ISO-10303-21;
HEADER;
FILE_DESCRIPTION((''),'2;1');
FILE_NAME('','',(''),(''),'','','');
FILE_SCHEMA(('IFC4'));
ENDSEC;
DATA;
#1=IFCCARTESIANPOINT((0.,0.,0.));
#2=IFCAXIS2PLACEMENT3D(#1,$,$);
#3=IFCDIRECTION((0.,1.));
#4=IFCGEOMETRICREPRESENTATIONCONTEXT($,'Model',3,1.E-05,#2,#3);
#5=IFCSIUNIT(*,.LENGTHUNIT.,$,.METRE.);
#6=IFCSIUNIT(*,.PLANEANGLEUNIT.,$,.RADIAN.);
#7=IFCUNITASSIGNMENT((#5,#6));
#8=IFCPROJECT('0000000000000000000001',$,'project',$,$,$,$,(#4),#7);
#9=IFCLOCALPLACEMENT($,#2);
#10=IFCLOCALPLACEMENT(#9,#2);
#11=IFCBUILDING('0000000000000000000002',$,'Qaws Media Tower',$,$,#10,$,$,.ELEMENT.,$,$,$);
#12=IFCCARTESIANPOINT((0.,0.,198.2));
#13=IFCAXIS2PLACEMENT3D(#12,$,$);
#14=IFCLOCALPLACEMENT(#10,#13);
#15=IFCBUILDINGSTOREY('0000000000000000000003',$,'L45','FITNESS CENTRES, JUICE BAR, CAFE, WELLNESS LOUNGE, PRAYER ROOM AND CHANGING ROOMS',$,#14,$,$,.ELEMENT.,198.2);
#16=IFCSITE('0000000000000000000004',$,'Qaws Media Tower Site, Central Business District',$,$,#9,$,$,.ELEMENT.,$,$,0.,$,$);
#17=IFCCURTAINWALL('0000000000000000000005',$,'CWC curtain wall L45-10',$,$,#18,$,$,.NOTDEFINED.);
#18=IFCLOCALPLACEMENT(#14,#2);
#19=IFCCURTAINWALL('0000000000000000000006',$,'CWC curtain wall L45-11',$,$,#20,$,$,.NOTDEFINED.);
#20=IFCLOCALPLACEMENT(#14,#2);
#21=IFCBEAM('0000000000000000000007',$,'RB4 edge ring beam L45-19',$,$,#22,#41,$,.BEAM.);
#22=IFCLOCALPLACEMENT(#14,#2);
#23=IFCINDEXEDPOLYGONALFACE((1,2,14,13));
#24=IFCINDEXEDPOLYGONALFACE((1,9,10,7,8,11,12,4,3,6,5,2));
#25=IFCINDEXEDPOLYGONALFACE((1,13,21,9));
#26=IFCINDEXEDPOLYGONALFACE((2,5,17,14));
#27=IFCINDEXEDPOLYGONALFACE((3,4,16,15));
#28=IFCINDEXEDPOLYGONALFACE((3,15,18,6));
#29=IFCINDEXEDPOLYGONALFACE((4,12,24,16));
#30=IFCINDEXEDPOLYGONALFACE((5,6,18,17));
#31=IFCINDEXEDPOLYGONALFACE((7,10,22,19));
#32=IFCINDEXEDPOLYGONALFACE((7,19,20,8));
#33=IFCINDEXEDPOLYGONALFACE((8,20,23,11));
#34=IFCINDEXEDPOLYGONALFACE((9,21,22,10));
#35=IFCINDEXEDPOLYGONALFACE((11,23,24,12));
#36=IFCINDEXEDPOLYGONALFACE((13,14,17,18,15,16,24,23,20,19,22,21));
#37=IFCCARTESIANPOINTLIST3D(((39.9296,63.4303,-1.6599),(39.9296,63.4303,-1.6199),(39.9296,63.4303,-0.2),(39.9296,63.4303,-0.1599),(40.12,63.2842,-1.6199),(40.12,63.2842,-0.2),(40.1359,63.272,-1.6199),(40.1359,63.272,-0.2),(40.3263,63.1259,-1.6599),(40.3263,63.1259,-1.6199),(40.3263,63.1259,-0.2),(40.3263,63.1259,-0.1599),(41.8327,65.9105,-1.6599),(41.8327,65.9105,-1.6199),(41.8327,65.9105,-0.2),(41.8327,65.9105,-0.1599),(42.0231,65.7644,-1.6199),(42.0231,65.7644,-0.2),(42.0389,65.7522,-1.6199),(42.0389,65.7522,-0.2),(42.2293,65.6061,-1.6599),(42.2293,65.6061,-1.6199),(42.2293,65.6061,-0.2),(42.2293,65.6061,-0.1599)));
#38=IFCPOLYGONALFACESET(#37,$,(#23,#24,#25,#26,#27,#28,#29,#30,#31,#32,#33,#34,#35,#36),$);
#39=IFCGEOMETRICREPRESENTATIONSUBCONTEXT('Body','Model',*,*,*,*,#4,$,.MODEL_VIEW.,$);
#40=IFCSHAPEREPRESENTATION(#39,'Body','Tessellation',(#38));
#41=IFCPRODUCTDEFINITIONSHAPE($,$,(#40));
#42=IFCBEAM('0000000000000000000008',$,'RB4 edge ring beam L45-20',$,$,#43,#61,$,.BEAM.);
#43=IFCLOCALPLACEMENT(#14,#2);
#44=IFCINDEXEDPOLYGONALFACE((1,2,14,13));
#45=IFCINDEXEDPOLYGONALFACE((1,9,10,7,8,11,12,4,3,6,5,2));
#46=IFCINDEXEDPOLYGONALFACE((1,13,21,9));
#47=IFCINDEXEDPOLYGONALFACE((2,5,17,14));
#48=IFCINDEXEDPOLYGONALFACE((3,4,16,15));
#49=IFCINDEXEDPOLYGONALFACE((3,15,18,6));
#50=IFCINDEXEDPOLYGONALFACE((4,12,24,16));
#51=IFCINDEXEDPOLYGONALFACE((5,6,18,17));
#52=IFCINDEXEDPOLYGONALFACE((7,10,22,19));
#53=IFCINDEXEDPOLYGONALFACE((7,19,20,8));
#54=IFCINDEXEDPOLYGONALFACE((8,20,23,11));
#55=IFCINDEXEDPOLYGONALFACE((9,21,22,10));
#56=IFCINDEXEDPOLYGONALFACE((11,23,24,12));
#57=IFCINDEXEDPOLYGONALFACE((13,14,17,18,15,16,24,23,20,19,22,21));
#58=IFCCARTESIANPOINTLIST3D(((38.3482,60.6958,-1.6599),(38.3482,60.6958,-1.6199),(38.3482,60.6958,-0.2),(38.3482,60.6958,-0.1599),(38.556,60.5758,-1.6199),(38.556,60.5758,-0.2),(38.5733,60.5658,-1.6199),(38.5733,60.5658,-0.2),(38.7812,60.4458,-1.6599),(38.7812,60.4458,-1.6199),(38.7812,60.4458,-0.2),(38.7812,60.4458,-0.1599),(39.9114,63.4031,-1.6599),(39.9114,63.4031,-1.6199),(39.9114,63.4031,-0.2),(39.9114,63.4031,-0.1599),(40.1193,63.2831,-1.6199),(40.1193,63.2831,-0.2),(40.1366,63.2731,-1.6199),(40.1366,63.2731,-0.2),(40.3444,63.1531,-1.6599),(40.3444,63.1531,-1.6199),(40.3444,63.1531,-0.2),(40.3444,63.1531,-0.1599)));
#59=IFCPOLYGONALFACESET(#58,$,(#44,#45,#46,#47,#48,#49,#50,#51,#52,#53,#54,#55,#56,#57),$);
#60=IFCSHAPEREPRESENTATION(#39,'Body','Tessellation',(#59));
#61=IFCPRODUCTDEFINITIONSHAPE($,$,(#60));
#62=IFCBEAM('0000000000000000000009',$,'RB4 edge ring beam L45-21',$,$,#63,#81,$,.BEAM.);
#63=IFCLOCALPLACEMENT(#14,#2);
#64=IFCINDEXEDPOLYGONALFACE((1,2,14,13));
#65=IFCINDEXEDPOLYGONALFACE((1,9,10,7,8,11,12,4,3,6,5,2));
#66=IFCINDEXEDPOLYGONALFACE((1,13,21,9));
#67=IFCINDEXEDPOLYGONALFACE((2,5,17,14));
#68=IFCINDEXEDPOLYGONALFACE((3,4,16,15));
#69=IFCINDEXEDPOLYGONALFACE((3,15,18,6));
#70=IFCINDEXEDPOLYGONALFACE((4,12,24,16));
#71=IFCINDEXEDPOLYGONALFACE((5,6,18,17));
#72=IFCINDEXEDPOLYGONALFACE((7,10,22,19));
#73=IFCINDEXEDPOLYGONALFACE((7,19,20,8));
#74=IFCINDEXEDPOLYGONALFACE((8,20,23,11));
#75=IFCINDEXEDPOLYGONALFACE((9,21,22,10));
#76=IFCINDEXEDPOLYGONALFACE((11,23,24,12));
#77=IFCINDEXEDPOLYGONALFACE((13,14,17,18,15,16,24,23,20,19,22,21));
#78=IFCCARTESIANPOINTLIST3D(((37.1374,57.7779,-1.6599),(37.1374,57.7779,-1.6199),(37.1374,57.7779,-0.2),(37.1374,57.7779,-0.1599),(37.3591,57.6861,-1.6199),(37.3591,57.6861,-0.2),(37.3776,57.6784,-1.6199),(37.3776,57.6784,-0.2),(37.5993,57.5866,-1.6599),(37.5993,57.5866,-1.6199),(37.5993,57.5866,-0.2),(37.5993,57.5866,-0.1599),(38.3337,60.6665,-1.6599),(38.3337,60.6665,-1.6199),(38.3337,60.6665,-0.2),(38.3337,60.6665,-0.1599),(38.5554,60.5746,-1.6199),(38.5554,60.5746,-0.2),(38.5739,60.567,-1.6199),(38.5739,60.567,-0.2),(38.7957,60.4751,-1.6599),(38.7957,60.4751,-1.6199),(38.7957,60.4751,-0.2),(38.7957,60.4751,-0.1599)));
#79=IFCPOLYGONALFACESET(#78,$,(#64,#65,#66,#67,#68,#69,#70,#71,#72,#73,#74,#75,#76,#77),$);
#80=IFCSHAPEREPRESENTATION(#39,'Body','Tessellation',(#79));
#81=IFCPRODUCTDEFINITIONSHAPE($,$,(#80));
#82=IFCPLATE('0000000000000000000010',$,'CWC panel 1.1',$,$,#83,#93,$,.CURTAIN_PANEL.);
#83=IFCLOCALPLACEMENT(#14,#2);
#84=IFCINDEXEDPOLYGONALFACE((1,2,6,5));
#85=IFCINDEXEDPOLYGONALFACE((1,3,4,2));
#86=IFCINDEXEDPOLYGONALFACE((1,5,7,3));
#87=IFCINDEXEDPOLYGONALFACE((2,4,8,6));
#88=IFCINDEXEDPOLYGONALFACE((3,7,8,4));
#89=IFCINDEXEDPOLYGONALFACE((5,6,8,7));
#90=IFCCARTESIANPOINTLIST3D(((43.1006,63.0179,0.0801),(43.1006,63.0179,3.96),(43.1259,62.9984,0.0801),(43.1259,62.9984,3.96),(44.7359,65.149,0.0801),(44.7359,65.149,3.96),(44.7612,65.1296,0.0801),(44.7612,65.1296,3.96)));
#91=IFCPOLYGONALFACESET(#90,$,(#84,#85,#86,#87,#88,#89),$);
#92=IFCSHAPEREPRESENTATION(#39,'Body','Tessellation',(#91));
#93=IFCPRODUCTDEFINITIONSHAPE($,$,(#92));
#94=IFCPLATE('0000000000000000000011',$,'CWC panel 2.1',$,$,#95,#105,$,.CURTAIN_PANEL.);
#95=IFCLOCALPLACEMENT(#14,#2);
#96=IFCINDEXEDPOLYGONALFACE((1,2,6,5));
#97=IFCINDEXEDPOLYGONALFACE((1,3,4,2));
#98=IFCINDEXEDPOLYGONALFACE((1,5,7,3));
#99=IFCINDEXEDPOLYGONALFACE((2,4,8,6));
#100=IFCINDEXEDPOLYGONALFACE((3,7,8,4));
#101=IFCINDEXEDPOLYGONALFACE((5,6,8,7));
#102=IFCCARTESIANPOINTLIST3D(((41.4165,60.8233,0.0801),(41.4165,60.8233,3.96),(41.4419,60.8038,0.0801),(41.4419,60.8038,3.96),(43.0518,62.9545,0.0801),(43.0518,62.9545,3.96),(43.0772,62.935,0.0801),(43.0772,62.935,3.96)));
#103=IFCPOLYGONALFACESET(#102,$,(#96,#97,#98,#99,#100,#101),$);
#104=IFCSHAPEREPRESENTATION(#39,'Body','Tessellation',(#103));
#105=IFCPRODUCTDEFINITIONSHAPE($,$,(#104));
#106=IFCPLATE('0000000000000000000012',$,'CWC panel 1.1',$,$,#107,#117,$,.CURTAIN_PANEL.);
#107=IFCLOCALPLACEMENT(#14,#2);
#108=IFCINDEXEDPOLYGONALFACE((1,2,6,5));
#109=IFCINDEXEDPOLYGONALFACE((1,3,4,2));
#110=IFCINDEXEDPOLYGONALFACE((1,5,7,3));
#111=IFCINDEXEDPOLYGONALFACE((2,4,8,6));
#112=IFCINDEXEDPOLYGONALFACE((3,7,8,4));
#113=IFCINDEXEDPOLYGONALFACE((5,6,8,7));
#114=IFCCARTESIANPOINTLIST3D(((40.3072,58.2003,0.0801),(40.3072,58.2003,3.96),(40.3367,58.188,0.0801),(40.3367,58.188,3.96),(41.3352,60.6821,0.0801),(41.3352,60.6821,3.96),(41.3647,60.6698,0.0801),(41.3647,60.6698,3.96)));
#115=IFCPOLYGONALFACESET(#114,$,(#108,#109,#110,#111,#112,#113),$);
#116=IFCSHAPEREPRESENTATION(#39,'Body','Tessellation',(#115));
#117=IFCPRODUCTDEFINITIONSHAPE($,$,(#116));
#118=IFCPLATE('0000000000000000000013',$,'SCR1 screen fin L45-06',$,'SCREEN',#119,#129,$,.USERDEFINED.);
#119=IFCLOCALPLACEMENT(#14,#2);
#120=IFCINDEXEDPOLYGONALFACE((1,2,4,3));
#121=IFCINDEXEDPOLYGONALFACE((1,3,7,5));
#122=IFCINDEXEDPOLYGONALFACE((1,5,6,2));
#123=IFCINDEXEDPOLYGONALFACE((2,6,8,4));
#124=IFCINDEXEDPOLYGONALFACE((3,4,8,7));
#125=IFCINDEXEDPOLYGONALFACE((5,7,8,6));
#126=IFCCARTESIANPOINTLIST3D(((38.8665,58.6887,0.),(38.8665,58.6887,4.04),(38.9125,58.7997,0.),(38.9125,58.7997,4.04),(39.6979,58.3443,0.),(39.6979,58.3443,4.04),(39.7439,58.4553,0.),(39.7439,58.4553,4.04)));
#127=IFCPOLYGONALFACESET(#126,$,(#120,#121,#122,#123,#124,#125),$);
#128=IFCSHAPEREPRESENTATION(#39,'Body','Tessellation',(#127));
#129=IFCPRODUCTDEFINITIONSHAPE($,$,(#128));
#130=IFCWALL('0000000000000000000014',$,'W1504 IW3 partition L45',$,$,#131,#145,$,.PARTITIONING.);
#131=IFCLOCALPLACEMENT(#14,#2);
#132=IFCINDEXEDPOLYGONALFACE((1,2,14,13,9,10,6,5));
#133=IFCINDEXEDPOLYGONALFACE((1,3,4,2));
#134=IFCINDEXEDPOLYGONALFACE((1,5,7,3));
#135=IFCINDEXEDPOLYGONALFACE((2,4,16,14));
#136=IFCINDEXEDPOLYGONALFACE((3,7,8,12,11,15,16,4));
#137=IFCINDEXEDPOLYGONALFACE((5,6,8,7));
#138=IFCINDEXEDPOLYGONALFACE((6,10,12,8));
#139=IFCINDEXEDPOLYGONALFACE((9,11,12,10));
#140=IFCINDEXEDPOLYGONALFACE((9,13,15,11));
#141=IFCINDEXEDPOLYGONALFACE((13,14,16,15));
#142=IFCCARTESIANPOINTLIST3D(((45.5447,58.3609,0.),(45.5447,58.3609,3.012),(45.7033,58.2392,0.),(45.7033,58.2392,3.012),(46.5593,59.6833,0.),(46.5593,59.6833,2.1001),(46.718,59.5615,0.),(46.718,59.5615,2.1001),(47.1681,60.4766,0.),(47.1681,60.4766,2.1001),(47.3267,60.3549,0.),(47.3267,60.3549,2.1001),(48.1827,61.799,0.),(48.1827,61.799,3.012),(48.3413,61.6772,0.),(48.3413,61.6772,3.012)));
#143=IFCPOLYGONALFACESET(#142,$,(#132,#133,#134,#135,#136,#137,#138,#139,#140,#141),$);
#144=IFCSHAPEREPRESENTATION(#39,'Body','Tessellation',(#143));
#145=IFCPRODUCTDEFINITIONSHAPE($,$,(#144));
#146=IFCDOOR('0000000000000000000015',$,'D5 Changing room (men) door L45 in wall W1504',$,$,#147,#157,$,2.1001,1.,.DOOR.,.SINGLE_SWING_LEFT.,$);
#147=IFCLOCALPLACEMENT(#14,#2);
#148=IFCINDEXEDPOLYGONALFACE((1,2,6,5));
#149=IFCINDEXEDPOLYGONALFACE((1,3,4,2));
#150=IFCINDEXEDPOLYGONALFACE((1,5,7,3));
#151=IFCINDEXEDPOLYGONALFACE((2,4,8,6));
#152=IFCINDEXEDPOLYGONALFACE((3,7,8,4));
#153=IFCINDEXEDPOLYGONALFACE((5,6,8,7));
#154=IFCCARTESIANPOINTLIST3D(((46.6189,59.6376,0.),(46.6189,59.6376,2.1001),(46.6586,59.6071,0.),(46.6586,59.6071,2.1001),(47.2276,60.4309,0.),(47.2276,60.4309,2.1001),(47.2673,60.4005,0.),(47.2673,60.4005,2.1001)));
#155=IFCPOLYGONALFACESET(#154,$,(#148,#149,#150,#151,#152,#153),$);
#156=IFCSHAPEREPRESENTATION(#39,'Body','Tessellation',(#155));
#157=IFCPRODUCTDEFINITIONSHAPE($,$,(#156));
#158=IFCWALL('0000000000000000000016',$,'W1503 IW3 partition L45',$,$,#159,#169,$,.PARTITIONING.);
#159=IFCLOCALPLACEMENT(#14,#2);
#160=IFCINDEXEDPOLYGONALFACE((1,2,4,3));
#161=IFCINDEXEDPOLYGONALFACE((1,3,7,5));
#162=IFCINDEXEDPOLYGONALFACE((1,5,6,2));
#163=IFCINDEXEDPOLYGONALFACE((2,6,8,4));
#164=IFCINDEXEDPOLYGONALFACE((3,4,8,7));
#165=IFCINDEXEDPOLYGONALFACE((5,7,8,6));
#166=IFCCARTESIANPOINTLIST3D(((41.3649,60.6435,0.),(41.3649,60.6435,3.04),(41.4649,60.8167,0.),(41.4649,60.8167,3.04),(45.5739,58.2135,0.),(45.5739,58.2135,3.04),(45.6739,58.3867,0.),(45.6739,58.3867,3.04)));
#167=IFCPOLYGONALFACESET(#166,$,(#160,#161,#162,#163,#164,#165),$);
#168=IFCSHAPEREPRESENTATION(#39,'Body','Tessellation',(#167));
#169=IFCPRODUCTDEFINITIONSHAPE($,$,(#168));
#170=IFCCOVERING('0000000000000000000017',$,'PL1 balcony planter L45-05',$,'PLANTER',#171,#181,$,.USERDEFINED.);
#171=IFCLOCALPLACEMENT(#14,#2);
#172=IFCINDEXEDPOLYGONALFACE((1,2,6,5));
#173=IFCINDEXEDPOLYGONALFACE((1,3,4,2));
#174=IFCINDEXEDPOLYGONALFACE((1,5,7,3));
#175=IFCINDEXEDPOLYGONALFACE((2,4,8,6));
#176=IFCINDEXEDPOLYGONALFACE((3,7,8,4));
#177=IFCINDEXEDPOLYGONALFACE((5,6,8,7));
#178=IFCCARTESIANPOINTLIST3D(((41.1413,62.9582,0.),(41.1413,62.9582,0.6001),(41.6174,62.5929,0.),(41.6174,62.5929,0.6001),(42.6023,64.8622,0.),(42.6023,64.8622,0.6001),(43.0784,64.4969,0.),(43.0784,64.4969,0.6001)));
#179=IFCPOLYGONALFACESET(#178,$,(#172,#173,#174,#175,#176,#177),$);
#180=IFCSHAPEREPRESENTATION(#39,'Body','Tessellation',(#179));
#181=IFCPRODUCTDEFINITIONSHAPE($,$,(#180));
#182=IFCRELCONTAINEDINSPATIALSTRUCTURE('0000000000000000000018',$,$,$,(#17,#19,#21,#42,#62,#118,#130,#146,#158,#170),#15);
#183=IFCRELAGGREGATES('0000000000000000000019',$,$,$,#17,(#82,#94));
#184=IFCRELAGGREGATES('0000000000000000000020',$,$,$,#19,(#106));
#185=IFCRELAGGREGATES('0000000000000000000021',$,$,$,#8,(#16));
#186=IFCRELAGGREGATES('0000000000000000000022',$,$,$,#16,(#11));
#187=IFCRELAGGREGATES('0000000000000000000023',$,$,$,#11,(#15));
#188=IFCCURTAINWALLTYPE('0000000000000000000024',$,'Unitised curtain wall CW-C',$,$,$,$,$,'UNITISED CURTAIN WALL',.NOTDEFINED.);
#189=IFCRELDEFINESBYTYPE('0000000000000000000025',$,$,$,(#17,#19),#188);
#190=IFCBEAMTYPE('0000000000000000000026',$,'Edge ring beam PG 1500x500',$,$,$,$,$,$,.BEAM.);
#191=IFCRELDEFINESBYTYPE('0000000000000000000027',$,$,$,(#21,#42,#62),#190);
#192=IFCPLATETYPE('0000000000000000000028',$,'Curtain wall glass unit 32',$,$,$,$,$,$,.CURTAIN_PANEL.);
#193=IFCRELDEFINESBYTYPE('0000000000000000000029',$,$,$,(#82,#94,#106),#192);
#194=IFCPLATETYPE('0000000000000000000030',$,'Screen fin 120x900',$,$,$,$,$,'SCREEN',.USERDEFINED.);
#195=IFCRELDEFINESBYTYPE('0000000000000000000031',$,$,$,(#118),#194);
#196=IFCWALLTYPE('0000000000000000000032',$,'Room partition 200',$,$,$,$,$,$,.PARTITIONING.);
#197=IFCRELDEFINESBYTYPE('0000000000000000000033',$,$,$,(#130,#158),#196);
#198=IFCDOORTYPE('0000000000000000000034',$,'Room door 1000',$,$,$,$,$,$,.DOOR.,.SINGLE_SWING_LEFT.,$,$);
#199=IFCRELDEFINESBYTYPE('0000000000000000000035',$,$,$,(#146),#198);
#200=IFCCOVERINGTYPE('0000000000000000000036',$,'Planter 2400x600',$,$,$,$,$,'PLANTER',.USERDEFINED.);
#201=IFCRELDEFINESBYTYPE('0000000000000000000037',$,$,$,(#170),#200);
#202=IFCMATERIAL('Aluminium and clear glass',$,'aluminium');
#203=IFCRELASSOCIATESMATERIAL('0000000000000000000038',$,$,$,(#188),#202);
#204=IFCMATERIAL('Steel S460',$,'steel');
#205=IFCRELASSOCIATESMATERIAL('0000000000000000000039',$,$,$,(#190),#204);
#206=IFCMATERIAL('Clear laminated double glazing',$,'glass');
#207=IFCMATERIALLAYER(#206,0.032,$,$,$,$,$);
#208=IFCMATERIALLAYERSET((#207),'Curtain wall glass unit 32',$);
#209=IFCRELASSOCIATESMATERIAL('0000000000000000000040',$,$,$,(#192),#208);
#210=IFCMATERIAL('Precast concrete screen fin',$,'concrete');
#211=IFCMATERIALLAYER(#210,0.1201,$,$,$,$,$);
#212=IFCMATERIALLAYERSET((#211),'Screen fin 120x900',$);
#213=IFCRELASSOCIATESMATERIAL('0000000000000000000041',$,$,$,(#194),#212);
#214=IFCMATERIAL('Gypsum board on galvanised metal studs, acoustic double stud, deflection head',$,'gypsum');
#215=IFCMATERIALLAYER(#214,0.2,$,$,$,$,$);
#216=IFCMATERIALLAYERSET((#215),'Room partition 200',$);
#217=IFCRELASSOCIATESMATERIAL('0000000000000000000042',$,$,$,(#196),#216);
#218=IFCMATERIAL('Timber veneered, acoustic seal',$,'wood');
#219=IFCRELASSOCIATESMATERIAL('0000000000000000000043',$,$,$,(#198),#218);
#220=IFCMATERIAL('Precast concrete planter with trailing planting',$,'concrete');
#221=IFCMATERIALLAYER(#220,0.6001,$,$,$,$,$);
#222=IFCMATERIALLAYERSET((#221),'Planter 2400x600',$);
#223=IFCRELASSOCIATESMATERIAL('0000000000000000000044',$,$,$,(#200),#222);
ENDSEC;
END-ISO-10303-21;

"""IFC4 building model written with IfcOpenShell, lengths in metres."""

from ifc_helpers import new_model, si_unit, direction, frame, frame_2d, origin, origin_2d, place, context, subcontext, project, spatial, rectangle, i_section, extrude, material, layer, layer_set, material_profile, profile_set, type_object, element, fill, aggregate, save


model = new_model("IFC4")

# Units and contexts
model_context = context("Model", 3, precision=1e-05, world=origin(), true_north=direction((0.0, 1.0)))
body_context = subcontext(model_context, "Body", "Model", "MODEL_VIEW")
ifc_project = project(units=[si_unit("LENGTHUNIT", "METRE"), si_unit("PLANEANGLEUNIT", "RADIAN")], contexts=[model_context])

# Site, building, storey
site_placement = place(None, origin())
site = spatial("IfcSite", under=ifc_project, at=site_placement, Name="Qaws Media Tower Site, Central Business District", CompositionType="ELEMENT", RefElevation=0.0)
building_placement = place(site_placement, origin())
building = spatial("IfcBuilding", under=site, at=building_placement, Name="Qaws Media Tower", CompositionType="ELEMENT")
storey_placement = place(building_placement, frame((0.0, 0.0, 198.2)))
storey = spatial("IfcBuildingStorey", under=building, at=storey_placement, Name="L45", Description="FITNESS CENTRES, JUICE BAR, CAFE, WELLNESS LOUNGE, PRAYER ROOM AND CHANGING ROOMS", CompositionType="ELEMENT", Elevation=198.2)

# Shared definitions
ifc_material_1 = material(Name="Aluminium and clear glass", Category="aluminium")
curtain_wall_type = type_object("IfcCurtainWallType", Name="Unitised curtain wall CW-C", ElementType="UNITISED CURTAIN WALL", PredefinedType="NOTDEFINED", material=ifc_material_1)

# Curtain walls
curtain_wall_1_placement = place(storey_placement, origin())
curtain_wall_1 = element("IfcCurtainWall", 1, at=curtain_wall_1_placement, inside=storey, type_object=curtain_wall_type, Name="CWC curtain wall L45-10", PredefinedType="NOTDEFINED")
curtain_wall_2_placement = place(storey_placement, origin())
curtain_wall_2 = element("IfcCurtainWall", 2, at=curtain_wall_2_placement, inside=storey, type_object=curtain_wall_type, Name="CWC curtain wall L45-11", PredefinedType="NOTDEFINED")

# Beams
ifc_material_2 = material(Name="Steel S460", Category="steel")
ifc_material_profile_1 = material_profile(ifc_material_2, i_section(OverallWidth=0.5, OverallDepth=1.5, WebThickness=0.02, FlangeThickness=0.04, at=origin_2d()), Name="PG 1500x500")
ifc_profile_set_1 = profile_set([ifc_material_profile_1], Name="Steel S460")
beam_type = type_object("IfcBeamType", Name="Edge ring beam PG 1500x500", PredefinedType="BEAM", material=ifc_profile_set_1)
for number, where, z_axis, x_axis, name in (
    (3, (42.031, 65.7583, -0.9099), (-0.608748, -0.793364, 0.0), (0.793364, -0.608748, 0.0), "RB4 edge ring beam L45-19"),
    (4, (40.1279, 63.2781, -0.9099), (-0.500045, -0.866, 0.0), (0.866, -0.500045, 0.0), "RB4 edge ring beam L45-20"),
):
    element("IfcBeam", number, at=place(storey_placement, frame(where, z_axis=z_axis, x_axis=x_axis)), inside=storey, type_object=beam_type, Name=name, PredefinedType="BEAM", context=body_context, shape_type="SweptSolid", body=[
        extrude(i_section(OverallWidth=0.5, OverallDepth=1.5, WebThickness=0.02, FlangeThickness=0.04, at=origin_2d()), origin(), (0.0, 0.0, 1.0), 3.1262),
    ])
beam_1_placement = place(storey_placement, frame((38.5647, 60.5708, -0.9099), z_axis=(-0.382646, -0.923895, 0.0), x_axis=(0.923895, -0.382646, 0.0)))
element("IfcBeam", 5, at=beam_1_placement, inside=storey, type_object=beam_type, Name="RB4 edge ring beam L45-21", PredefinedType="BEAM", context=body_context, shape_type="SweptSolid", body=[
    extrude(i_section(OverallWidth=0.5, OverallDepth=1.5, WebThickness=0.02, FlangeThickness=0.04, at=origin_2d()), origin(), (0.0, 0.0, 1.0), 3.1265),
])

# Plates
ifc_material_3 = material(Name="Clear laminated double glazing", Category="glass")
ifc_layer_1 = layer(ifc_material_3, 0.032)
ifc_layer_set_1 = layer_set([ifc_layer_1], Name="Curtain wall glass unit 32")
plate_type_1 = type_object("IfcPlateType", Name="Curtain wall glass unit 32", PredefinedType="CURTAIN_PANEL", material=ifc_layer_set_1)
plate_1_placement = place(storey_placement, frame((43.9309, 64.0737, 0.0801), z_axis=(0.0, 0.0, 1.0), x_axis=(-0.608761, -0.793353, 0.0)))
plate_1 = element("IfcPlate", 6, at=plate_1_placement, type_object=plate_type_1, Name="CWC panel 1.1", PredefinedType="CURTAIN_PANEL", context=body_context, shape_type="SweptSolid", body=[
    extrude(rectangle(XDim=2.6863, YDim=0.032, at=origin_2d()), origin(), (0.0, 0.0, 1.0), 3.8799),
])
plate_2_placement = place(storey_placement, frame((42.2468, 61.8792, 0.0801), z_axis=(0.0, 0.0, 1.0), x_axis=(-0.608761, -0.793353, 0.0)))
plate_2 = element("IfcPlate", 7, at=plate_2_placement, type_object=plate_type_1, Name="CWC panel 2.1", PredefinedType="CURTAIN_PANEL", context=body_context, shape_type="SweptSolid", body=[
    extrude(rectangle(XDim=2.6863, YDim=0.032, at=origin_2d()), origin(), (0.0, 0.0, 1.0), 3.8799),
])
aggregate(curtain_wall_1, [plate_1, plate_2])
plate_3_placement = place(storey_placement, frame((40.8359, 59.4351, 0.0801), z_axis=(0.0, 0.0, 1.0), x_axis=(-0.382683, -0.92388, 0.0)))
plate_3 = element("IfcPlate", 8, at=plate_3_placement, type_object=plate_type_1, Name="CWC panel 1.1", PredefinedType="CURTAIN_PANEL", context=body_context, shape_type="SweptSolid", body=[
    extrude(rectangle(XDim=2.6863, YDim=0.032, at=origin_2d()), origin(), (0.0, 0.0, 1.0), 3.8799),
])
aggregate(curtain_wall_2, [plate_3])
ifc_material_4 = material(Name="Precast concrete screen fin", Category="concrete")
ifc_layer_2 = layer(ifc_material_4, 0.1201)
ifc_layer_set_2 = layer_set([ifc_layer_2], Name="Screen fin 120x900")
plate_type_2 = type_object("IfcPlateType", Name="Screen fin 120x900", ElementType="SCREEN", PredefinedType="USERDEFINED", material=ifc_layer_set_2)
plate_4_placement = place(storey_placement, frame((39.3052, 58.572, 0.0), z_axis=(0.0, 0.0, 1.0), x_axis=(-0.92388, 0.382683, 0.0)))
element("IfcPlate", 9, at=plate_4_placement, inside=storey, type_object=plate_type_2, Name="SCR1 screen fin L45-06", ObjectType="SCREEN", PredefinedType="USERDEFINED", context=body_context, shape_type="SweptSolid", body=[
    extrude(rectangle(XDim=0.8999, YDim=0.1201, at=origin_2d()), origin(), (0.0, 0.0, 1.0), 4.04),
])

# Wall, opening, door
ifc_material_5 = material(Name="Gypsum board on galvanised metal studs, acoustic double stud, deflection head", Category="gypsum")
ifc_layer_3 = layer(ifc_material_5, 0.2)
ifc_layer_set_3 = layer_set([ifc_layer_3], Name="Room partition 200")
wall_type = type_object("IfcWallType", Name="Room partition 200", PredefinedType="PARTITIONING", material=ifc_layer_set_3)
wall_1_placement = place(storey_placement, frame((45.624, 58.3, 0.0), z_axis=(0.0, 0.0, 1.0), x_axis=(0.608744, 0.793367, 0.0)))
wall_1 = element("IfcWall", 10, at=wall_1_placement, inside=storey, type_object=wall_type, Name="W1504 IW3 partition L45", PredefinedType="PARTITIONING", context=body_context, shape_type="SweptSolid", body=[
    extrude(rectangle(XDim=4.3335, YDim=0.2, at=frame_2d((2.1667, 0.0))), origin(), (0.0, 0.0, 1.0), 3.012),
])
opening_placement = place(wall_1_placement, frame((1.6667, 0.0, 0.0)))
opening = element("IfcOpeningElement", 11, at=opening_placement, cuts=wall_1, PredefinedType="OPENING", context=body_context, shape_type="SweptSolid", body=[
    extrude(rectangle(XDim=1.0, YDim=2.1001, at=frame_2d((0.5, 1.05))), frame((0.0, 0.1099, 0.0), z_axis=(0.0, -1.0, 0.0), x_axis=(1.0, 0.0, 0.0)), (0.0, 0.0, 1.0), 0.22),
])
ifc_material_6 = material(Name="Timber veneered, acoustic seal", Category="wood")
door_type = type_object("IfcDoorType", Name="Room door 1000", OperationType="SINGLE_SWING_LEFT", PredefinedType="DOOR", material=ifc_material_6)
door_placement = place(opening_placement, origin())
door = element("IfcDoor", 12, at=door_placement, inside=storey, type_object=door_type, Name="D5 Changing room (men) door L45 in wall W1504", OperationType="SINGLE_SWING_LEFT", OverallHeight=2.1001, OverallWidth=1.0, PredefinedType="DOOR", context=body_context, shape_type="SweptSolid", body=[
    extrude(rectangle(XDim=1.0, YDim=2.1001, at=frame_2d((0.5, 1.05))), frame((0.0, 0.0249, 0.0), z_axis=(0.0, -1.0, 0.0), x_axis=(1.0, 0.0, 0.0)), (0.0, 0.0, 1.0), 0.05),
])
fill(opening, door)

# Wall
wall_2_placement = place(storey_placement, frame((45.624, 58.3, 0.0), z_axis=(0.0, 0.0, 1.0), x_axis=(-0.866037, 0.49998, 0.0)))
element("IfcWall", 13, at=wall_2_placement, inside=storey, type_object=wall_type, Name="W1503 IW3 partition L45", PredefinedType="PARTITIONING", context=body_context, shape_type="SweptSolid", body=[
    extrude(rectangle(XDim=4.8601, YDim=0.2, at=frame_2d((2.4302, 0.0))), origin(), (0.0, 0.0, 1.0), 3.04),
])

# Covering
ifc_material_7 = material(Name="Precast concrete planter with trailing planting", Category="concrete")
ifc_layer_4 = layer(ifc_material_7, 0.6001)
ifc_layer_set_4 = layer_set([ifc_layer_4], Name="Planter 2400x600")
covering_type = type_object("IfcCoveringType", Name="Planter 2400x600", ElementType="PLANTER", PredefinedType="USERDEFINED", material=ifc_layer_set_4)
covering_placement = place(storey_placement, frame((42.1099, 63.7275, 0.0), z_axis=(0.0, 0.0, 1.0), x_axis=(-0.608761, -0.793353, 0.0)))
element("IfcCovering", 14, at=covering_placement, inside=storey, type_object=covering_type, Name="PL1 balcony planter L45-05", ObjectType="PLANTER", PredefinedType="USERDEFINED", context=body_context, shape_type="SweptSolid", body=[
    extrude(rectangle(XDim=2.3999, YDim=0.6001, at=origin_2d()), origin(), (0.0, 0.0, 1.0), 0.6001),
])

save(model, "model.ifc")
